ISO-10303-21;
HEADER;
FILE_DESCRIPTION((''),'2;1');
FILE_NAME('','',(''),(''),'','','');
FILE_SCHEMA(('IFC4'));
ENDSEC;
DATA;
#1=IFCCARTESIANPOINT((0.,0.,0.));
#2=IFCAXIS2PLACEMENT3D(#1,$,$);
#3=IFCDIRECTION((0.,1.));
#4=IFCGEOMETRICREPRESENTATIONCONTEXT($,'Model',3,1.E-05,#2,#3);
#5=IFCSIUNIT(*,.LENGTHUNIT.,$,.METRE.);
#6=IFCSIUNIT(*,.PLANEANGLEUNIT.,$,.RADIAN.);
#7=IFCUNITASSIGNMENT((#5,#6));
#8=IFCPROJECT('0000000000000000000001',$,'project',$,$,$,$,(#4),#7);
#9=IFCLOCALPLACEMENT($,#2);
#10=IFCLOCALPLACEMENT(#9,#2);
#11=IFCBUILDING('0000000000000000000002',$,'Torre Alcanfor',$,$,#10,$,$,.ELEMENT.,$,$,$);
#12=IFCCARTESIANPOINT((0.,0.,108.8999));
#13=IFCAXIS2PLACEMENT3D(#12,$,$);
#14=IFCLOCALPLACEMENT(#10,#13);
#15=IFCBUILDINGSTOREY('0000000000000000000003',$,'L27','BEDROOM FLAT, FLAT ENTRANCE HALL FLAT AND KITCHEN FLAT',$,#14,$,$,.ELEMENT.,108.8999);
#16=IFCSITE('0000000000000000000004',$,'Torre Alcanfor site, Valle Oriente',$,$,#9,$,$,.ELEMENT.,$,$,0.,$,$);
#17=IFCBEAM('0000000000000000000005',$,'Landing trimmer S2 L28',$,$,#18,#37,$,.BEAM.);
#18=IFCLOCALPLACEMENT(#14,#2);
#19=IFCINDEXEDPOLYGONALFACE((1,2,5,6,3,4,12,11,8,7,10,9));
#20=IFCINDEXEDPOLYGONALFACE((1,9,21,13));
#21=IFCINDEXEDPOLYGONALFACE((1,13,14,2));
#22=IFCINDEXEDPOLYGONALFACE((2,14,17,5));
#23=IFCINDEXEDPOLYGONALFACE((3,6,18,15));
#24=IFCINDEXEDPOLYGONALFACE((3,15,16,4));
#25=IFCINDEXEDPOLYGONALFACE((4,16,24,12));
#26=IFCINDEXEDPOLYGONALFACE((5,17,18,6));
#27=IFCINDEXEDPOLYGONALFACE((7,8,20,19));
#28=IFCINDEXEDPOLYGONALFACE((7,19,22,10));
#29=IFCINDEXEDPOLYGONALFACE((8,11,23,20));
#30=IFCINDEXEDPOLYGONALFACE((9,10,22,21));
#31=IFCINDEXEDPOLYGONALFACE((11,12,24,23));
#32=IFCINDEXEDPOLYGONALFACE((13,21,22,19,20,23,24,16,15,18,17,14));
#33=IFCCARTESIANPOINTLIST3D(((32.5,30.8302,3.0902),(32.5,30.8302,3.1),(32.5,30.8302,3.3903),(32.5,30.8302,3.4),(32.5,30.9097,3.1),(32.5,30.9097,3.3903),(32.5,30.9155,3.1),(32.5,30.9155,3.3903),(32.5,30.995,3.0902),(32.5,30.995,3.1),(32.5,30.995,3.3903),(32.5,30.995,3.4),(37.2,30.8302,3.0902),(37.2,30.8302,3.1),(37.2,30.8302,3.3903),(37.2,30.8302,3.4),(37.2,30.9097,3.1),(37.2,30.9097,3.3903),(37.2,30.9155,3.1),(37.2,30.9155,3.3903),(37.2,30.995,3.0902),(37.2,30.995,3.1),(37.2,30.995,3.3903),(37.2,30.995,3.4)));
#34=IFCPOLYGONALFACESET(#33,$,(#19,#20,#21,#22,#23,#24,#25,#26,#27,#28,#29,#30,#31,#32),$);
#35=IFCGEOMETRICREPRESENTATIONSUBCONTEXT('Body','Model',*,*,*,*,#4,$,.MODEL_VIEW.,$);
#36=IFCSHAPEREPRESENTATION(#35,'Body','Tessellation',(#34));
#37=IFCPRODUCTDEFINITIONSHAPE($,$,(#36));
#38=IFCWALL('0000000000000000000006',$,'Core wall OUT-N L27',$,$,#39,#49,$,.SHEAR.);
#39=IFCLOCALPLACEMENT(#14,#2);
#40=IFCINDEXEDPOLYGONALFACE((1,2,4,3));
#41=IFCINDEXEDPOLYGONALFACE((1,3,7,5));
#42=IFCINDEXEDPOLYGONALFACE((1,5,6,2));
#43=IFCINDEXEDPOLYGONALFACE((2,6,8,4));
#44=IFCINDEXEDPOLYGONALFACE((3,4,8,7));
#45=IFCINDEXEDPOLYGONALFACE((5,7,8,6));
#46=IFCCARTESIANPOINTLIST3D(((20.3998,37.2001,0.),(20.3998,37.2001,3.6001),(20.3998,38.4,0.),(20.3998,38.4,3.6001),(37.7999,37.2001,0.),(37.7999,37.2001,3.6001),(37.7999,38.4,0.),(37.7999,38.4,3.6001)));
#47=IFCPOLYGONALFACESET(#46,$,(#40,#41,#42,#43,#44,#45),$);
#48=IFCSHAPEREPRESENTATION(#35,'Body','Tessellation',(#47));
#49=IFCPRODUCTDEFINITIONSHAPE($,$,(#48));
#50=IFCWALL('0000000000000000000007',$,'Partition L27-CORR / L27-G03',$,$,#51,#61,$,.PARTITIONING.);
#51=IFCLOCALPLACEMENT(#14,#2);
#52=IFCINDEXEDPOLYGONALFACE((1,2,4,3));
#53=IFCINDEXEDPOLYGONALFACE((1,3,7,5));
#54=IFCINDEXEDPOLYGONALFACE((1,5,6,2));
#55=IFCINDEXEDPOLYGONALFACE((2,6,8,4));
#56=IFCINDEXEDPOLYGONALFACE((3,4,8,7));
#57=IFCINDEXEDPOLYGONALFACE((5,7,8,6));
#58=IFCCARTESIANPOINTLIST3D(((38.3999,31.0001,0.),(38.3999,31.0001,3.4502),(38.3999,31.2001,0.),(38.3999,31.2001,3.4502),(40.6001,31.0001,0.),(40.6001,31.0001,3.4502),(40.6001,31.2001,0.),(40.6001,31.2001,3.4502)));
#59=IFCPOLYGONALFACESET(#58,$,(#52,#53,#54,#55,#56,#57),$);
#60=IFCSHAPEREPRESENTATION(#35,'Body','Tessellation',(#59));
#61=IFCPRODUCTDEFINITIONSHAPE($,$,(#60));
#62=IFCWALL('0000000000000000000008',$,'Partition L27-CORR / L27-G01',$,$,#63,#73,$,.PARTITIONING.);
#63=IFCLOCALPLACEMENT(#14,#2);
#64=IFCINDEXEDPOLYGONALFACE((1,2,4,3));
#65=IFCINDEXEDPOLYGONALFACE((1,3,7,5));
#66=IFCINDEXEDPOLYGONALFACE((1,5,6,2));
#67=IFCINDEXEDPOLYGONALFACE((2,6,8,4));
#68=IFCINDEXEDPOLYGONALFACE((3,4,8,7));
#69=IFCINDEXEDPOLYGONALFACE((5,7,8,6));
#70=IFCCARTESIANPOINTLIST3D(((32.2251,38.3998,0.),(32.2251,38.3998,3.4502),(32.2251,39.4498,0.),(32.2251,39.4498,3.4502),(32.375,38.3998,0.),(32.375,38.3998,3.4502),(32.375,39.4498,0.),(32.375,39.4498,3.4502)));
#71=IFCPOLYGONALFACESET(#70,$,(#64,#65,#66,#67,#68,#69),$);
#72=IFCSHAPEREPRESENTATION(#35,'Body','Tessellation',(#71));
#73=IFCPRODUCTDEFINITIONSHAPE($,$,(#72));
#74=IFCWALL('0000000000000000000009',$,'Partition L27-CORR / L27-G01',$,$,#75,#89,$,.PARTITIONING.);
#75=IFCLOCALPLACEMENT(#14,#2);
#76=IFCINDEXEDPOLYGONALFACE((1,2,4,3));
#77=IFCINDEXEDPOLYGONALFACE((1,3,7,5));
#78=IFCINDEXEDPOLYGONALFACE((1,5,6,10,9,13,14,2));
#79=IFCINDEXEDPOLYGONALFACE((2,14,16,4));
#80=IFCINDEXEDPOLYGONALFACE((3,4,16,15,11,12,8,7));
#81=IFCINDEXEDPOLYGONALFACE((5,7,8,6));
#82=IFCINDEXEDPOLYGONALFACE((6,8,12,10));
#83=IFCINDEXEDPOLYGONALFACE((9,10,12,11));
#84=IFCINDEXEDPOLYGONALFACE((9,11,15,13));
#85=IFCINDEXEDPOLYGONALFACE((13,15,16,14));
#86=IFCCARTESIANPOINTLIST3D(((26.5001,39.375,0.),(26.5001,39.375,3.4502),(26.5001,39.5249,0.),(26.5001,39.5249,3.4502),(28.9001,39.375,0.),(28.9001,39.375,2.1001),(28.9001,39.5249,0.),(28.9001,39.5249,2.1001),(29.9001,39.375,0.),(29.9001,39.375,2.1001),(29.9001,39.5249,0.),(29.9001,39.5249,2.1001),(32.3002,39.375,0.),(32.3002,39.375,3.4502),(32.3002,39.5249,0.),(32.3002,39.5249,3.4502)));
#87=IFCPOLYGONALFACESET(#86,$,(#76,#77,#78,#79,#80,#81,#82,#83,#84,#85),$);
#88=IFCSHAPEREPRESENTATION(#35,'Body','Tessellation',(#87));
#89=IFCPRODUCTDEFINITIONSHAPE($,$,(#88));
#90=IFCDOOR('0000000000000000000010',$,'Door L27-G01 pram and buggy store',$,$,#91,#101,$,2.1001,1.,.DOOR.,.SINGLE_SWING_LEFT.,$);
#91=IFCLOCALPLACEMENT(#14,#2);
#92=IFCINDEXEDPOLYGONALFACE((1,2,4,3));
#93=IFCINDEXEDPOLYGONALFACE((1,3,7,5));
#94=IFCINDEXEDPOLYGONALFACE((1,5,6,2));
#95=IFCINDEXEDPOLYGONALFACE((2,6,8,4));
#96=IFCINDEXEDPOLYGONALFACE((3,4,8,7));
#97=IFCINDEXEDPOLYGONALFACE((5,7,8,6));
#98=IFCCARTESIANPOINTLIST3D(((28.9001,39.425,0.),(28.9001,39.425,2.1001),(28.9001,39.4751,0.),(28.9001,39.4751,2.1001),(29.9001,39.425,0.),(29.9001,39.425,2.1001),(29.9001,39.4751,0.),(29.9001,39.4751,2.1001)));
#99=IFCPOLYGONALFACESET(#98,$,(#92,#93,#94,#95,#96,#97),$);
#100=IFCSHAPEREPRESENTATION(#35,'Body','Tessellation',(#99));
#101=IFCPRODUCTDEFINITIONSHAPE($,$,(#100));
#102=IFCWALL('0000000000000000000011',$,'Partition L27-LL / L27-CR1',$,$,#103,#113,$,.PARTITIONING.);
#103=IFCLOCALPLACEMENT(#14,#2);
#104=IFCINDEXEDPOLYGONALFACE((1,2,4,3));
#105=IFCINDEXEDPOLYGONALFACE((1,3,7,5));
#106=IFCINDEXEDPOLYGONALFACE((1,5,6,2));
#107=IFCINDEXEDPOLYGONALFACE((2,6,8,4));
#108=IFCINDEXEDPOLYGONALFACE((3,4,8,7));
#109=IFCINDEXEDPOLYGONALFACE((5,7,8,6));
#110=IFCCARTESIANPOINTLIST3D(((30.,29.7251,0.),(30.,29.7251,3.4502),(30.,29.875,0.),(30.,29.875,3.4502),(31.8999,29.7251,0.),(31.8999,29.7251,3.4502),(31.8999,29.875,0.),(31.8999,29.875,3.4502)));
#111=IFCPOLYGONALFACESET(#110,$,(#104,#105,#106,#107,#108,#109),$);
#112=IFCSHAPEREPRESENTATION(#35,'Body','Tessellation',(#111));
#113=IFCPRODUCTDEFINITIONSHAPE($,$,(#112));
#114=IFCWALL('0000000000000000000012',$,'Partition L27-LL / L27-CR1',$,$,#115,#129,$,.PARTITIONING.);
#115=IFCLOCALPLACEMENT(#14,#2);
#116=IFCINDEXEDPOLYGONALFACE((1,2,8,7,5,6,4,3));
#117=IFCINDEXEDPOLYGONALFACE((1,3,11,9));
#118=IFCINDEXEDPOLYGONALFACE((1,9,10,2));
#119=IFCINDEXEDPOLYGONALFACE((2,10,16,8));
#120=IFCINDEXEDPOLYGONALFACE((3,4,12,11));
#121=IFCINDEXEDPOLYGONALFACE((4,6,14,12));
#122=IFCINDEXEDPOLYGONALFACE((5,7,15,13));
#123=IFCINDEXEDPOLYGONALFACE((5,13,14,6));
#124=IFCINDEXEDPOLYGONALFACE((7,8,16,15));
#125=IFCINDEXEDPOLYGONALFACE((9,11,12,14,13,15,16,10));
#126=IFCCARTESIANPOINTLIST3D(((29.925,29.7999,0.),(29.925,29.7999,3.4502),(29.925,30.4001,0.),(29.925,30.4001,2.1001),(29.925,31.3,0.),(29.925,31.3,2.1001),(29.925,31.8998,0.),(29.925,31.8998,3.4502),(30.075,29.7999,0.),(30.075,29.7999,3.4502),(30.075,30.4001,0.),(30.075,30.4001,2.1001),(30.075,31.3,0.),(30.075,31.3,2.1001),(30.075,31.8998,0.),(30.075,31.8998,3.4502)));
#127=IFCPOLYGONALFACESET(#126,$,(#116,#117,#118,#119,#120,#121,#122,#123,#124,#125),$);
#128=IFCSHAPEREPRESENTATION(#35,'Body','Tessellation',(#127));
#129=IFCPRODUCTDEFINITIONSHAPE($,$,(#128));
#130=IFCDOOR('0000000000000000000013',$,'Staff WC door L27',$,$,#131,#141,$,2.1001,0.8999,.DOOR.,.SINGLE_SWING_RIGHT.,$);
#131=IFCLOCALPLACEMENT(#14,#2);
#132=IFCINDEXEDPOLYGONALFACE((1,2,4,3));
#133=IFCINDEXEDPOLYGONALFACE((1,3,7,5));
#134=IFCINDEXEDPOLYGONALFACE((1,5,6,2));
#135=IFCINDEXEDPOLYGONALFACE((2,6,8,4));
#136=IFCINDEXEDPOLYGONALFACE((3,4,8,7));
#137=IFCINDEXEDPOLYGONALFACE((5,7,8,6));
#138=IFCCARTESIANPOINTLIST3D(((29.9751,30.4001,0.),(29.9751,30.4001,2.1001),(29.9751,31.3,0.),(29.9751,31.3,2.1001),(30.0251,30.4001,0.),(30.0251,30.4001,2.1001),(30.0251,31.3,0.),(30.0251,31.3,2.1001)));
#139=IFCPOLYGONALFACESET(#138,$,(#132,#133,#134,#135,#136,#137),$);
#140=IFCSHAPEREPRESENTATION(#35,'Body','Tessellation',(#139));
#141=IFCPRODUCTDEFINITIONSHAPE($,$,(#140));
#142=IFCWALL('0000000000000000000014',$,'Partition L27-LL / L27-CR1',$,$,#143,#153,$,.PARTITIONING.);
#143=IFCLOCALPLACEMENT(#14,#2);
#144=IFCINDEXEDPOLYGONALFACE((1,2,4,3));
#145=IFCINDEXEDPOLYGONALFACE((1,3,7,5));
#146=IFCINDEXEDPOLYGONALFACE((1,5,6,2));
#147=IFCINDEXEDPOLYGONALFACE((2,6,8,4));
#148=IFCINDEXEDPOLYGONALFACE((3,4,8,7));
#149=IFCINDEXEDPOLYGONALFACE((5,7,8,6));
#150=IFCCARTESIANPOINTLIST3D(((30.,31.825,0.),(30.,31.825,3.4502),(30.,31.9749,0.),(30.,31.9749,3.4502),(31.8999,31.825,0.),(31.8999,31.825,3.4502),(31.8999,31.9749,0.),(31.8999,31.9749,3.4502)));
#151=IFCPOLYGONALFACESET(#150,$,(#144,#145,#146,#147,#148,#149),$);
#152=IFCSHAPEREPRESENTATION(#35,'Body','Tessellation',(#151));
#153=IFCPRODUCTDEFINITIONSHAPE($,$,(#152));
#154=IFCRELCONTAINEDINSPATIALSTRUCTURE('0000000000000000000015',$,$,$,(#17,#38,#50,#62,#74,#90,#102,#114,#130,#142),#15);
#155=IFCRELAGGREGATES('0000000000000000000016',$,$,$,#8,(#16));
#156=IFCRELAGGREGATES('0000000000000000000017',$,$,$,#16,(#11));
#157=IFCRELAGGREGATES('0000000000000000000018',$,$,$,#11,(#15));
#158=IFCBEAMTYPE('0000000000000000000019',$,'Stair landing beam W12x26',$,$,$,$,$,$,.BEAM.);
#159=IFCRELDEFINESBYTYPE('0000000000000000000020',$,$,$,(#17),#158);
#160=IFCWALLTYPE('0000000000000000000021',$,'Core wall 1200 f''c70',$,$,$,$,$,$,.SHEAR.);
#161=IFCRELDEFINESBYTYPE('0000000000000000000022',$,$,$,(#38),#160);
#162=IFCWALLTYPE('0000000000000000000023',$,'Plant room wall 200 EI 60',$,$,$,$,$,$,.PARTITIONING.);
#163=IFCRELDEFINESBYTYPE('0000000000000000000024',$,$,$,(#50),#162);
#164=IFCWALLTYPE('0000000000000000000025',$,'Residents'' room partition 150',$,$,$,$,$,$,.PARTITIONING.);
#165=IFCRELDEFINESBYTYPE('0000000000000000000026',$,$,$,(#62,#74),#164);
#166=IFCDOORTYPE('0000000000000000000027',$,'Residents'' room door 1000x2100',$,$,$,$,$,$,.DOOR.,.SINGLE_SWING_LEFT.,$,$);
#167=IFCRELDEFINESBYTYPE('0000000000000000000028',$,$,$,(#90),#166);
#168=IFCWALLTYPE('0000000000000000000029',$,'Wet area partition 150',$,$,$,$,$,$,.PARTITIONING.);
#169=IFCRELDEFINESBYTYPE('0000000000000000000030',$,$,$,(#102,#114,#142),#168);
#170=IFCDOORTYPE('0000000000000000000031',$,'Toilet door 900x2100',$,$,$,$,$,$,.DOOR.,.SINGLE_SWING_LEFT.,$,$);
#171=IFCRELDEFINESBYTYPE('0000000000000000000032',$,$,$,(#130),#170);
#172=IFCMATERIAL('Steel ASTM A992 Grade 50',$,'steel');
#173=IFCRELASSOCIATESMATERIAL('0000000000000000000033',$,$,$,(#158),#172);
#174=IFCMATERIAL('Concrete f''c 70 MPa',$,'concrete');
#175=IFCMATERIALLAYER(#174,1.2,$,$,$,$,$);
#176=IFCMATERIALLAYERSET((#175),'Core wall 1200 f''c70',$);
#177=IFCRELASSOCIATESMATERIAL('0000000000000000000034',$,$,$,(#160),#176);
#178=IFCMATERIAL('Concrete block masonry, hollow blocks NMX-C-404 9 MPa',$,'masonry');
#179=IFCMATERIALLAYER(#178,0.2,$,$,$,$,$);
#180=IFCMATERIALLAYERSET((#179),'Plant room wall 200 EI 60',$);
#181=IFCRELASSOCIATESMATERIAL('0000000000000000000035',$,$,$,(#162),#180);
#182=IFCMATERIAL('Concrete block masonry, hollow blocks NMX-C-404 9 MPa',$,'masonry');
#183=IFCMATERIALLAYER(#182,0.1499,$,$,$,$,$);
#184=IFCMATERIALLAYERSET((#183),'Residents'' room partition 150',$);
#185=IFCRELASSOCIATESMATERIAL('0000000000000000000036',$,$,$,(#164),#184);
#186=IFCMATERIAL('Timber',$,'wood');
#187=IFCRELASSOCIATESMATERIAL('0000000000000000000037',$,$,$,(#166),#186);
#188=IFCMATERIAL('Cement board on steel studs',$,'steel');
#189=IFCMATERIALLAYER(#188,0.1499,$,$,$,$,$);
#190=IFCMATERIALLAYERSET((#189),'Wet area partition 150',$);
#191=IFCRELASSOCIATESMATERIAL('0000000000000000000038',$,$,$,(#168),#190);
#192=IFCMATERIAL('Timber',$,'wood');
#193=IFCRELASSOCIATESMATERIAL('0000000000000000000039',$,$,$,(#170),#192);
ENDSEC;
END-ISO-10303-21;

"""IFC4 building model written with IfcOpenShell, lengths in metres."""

from ifc_helpers import new_model, si_unit, direction, frame, frame_2d, origin, origin_2d, place, context, subcontext, project, spatial, rectangle, i_section, extrude, material, layer, layer_set, material_profile, profile_set, type_object, element, fill, save


model = new_model("IFC4")

# Units and contexts
model_context = context("Model", 3, precision=1e-05, world=origin(), true_north=direction((0.0, 1.0)))
body_context = subcontext(model_context, "Body", "Model", "MODEL_VIEW")
ifc_project = project(units=[si_unit("LENGTHUNIT", "METRE"), si_unit("PLANEANGLEUNIT", "RADIAN")], contexts=[model_context])

# Site, building, storey
site_placement = place(None, origin())
site = spatial("IfcSite", under=ifc_project, at=site_placement, Name="Torre Alcanfor site, Valle Oriente", CompositionType="ELEMENT", RefElevation=0.0)
building_placement = place(site_placement, origin())
building = spatial("IfcBuilding", under=site, at=building_placement, Name="Torre Alcanfor", CompositionType="ELEMENT")
storey_placement = place(building_placement, frame((0.0, 0.0, 108.8999)))
storey = spatial("IfcBuildingStorey", under=building, at=storey_placement, Name="L27", Description="BEDROOM FLAT, FLAT ENTRANCE HALL FLAT AND KITCHEN FLAT", CompositionType="ELEMENT", Elevation=108.8999)

# Beam
ifc_material_1 = material(Name="Steel ASTM A992 Grade 50", Category="steel")
ifc_material_profile_1 = material_profile(ifc_material_1, i_section(OverallWidth=0.1648, OverallDepth=0.3098, WebThickness=0.0059, FlangeThickness=0.0098, at=origin_2d()), Name="W12x26")
ifc_profile_set_1 = profile_set([ifc_material_profile_1], Name="Steel ASTM A992 Grade 50")
beam_type_1 = type_object("IfcBeamType", Name="Stair landing beam W12x26", PredefinedType="BEAM", material=ifc_profile_set_1)
beam_1_placement = place(storey_placement, frame((32.5, 30.9126, 3.2451), z_axis=(1.0, 0.0, 0.0), x_axis=(0.0, 1.0, 0.0)))
element("IfcBeam", 1, at=beam_1_placement, inside=storey, type_object=beam_type_1, Name="Landing trimmer S2 L28", PredefinedType="BEAM", context=body_context, shape_type="SweptSolid", body=[
    extrude(i_section(OverallWidth=0.1648, OverallDepth=0.3098, WebThickness=0.0059, FlangeThickness=0.0098, at=origin_2d()), origin(), (0.0, 0.0, 1.0), 4.7),
])

# Walls
ifc_material_2 = material(Name="Concrete f'c 70 MPa", Category="concrete")
ifc_layer_1 = layer(ifc_material_2, 1.2)
ifc_layer_set_1 = layer_set([ifc_layer_1], Name="Core wall 1200 f'c70")
wall_type_1 = type_object("IfcWallType", Name="Core wall 1200 f'c70", PredefinedType="SHEAR", material=ifc_layer_set_1)
wall_1_placement = place(storey_placement, frame((37.8, 37.8, 0.0), z_axis=(0.0, 0.0, 1.0), x_axis=(-1.0, 0.0, 0.0)))
element("IfcWall", 2, at=wall_1_placement, inside=storey, type_object=wall_type_1, Name="Core wall OUT-N L27", PredefinedType="SHEAR", context=body_context, shape_type="SweptSolid", body=[
    extrude(rectangle(XDim=17.4001, YDim=1.2, at=frame_2d((8.7002, 0.0))), origin(), (0.0, 0.0, 1.0), 3.6001),
])
ifc_material_3 = material(Name="Concrete block masonry, hollow blocks NMX-C-404 9 MPa", Category="masonry")
ifc_layer_2 = layer(ifc_material_3, 0.2)
ifc_layer_set_2 = layer_set([ifc_layer_2], Name="Plant room wall 200 EI 60")
wall_type_2 = type_object("IfcWallType", Name="Plant room wall 200 EI 60", PredefinedType="PARTITIONING", material=ifc_layer_set_2)
wall_2_placement = place(storey_placement, frame((40.6001, 31.1001, 0.0), z_axis=(0.0, 0.0, 1.0), x_axis=(-1.0, 0.0, 0.0)))
element("IfcWall", 3, at=wall_2_placement, inside=storey, type_object=wall_type_2, Name="Partition L27-CORR / L27-G03", PredefinedType="PARTITIONING", context=body_context, shape_type="SweptSolid", body=[
    extrude(rectangle(XDim=2.2002, YDim=0.2, at=frame_2d((1.1001, 0.0))), origin(), (0.0, 0.0, 1.0), 3.4502),
])
ifc_material_4 = material(Name="Concrete block masonry, hollow blocks NMX-C-404 9 MPa", Category="masonry")
ifc_layer_3 = layer(ifc_material_4, 0.1499)
ifc_layer_set_3 = layer_set([ifc_layer_3], Name="Residents' room partition 150")
wall_type_3 = type_object("IfcWallType", Name="Residents' room partition 150", PredefinedType="PARTITIONING", material=ifc_layer_set_3)
wall_3_placement = place(storey_placement, frame((32.3, 38.3999, 0.0), z_axis=(0.0, 0.0, 1.0), x_axis=(0.0, 1.0, 0.0)))
element("IfcWall", 4, at=wall_3_placement, inside=storey, type_object=wall_type_3, Name="Partition L27-CORR / L27-G01", PredefinedType="PARTITIONING", context=body_context, shape_type="SweptSolid", body=[
    extrude(rectangle(XDim=1.05, YDim=0.1499, at=frame_2d((0.5249, 0.0))), origin(), (0.0, 0.0, 1.0), 3.4502),
])

# Wall, opening, door
wall_4_placement = place(storey_placement, frame((32.3, 39.45, 0.0), z_axis=(0.0, 0.0, 1.0), x_axis=(-1.0, 0.0, 0.0)))
wall_4 = element("IfcWall", 5, at=wall_4_placement, inside=storey, type_object=wall_type_3, Name="Partition L27-CORR / L27-G01", PredefinedType="PARTITIONING", context=body_context, shape_type="SweptSolid", body=[
    extrude(rectangle(XDim=5.8, YDim=0.1499, at=frame_2d((2.8999, 0.0))), origin(), (0.0, 0.0, 1.0), 3.4502),
])
opening_1_placement = place(wall_4_placement, frame((2.3999, 0.0, 0.0)))
opening_1 = element("IfcOpeningElement", 6, at=opening_1_placement, cuts=wall_4, PredefinedType="OPENING", context=body_context, shape_type="SweptSolid", body=[
    extrude(rectangle(XDim=1.0, YDim=2.1001, at=frame_2d((0.5, 1.05))), frame((0.0, 0.085, 0.0), z_axis=(0.0, -1.0, 0.0), x_axis=(1.0, 0.0, 0.0)), (0.0, 0.0, 1.0), 0.1699),
])
ifc_material_5 = material(Name="Timber", Category="wood")
door_type_1 = type_object("IfcDoorType", Name="Residents' room door 1000x2100", OperationType="SINGLE_SWING_LEFT", PredefinedType="DOOR", material=ifc_material_5)
door_1_placement = place(opening_1_placement, origin())
door_1 = element("IfcDoor", 7, at=door_1_placement, inside=storey, type_object=door_type_1, Name="Door L27-G01 pram and buggy store", OperationType="SINGLE_SWING_LEFT", OverallHeight=2.1001, OverallWidth=1.0, PredefinedType="DOOR", context=body_context, shape_type="SweptSolid", body=[
    extrude(rectangle(XDim=1.0, YDim=2.1001, at=frame_2d((0.5, 1.05))), frame((0.0, 0.0249, 0.0), z_axis=(0.0, -1.0, 0.0), x_axis=(1.0, 0.0, 0.0)), (0.0, 0.0, 1.0), 0.05),
])
fill(opening_1, door_1)

# Wall
ifc_material_6 = material(Name="Cement board on steel studs", Category="steel")
ifc_layer_4 = layer(ifc_material_6, 0.1499)
ifc_layer_set_4 = layer_set([ifc_layer_4], Name="Wet area partition 150")
wall_type_4 = type_object("IfcWallType", Name="Wet area partition 150", PredefinedType="PARTITIONING", material=ifc_layer_set_4)
wall_5_placement = place(storey_placement, frame((31.8999, 29.8, 0.0), z_axis=(0.0, 0.0, 1.0), x_axis=(-1.0, 0.0, 0.0)))
element("IfcWall", 8, at=wall_5_placement, inside=storey, type_object=wall_type_4, Name="Partition L27-LL / L27-CR1", PredefinedType="PARTITIONING", context=body_context, shape_type="SweptSolid", body=[
    extrude(rectangle(XDim=1.8999, YDim=0.1499, at=frame_2d((0.95, 0.0))), origin(), (0.0, 0.0, 1.0), 3.4502),
])

# Wall, opening, door
wall_6_placement = place(storey_placement, frame((30.0, 29.8, 0.0), z_axis=(0.0, 0.0, 1.0), x_axis=(0.0, 1.0, 0.0)))
wall_6 = element("IfcWall", 9, at=wall_6_placement, inside=storey, type_object=wall_type_4, Name="Partition L27-LL / L27-CR1", PredefinedType="PARTITIONING", context=body_context, shape_type="SweptSolid", body=[
    extrude(rectangle(XDim=2.0999, YDim=0.1499, at=frame_2d((1.0498, 0.0))), origin(), (0.0, 0.0, 1.0), 3.4502),
])
opening_2_placement = place(wall_6_placement, frame((0.6001, 0.0, 0.0)))
opening_2 = element("IfcOpeningElement", 10, at=opening_2_placement, cuts=wall_6, PredefinedType="OPENING", context=body_context, shape_type="SweptSolid", body=[
    extrude(rectangle(XDim=0.8999, YDim=2.1001, at=frame_2d((0.45, 1.05))), frame((0.0, 0.085, 0.0), z_axis=(0.0, -1.0, 0.0), x_axis=(1.0, 0.0, 0.0)), (0.0, 0.0, 1.0), 0.1699),
])
ifc_material_7 = material(Name="Timber", Category="wood")
door_type_2 = type_object("IfcDoorType", Name="Toilet door 900x2100", OperationType="SINGLE_SWING_LEFT", PredefinedType="DOOR", material=ifc_material_7)
door_2_placement = place(opening_2_placement, frame((0.8999, 0.0, 0.0), z_axis=(0.0, 0.0, 1.0), x_axis=(-1.0, 0.0, 0.0)))
door_2 = element("IfcDoor", 11, at=door_2_placement, inside=storey, type_object=door_type_2, Name="Staff WC door L27", OperationType="SINGLE_SWING_RIGHT", OverallHeight=2.1001, OverallWidth=0.8999, PredefinedType="DOOR", context=body_context, shape_type="SweptSolid", body=[
    extrude(rectangle(XDim=0.8999, YDim=2.1001, at=frame_2d((0.45, 1.05))), frame((0.0, 0.0251, 0.0), z_axis=(0.0, -1.0, 0.0), x_axis=(1.0, 0.0, 0.0)), (0.0, 0.0, 1.0), 0.05),
])
fill(opening_2, door_2)

# Wall
wall_7_placement = place(storey_placement, frame((30.0, 31.8999, 0.0), z_axis=(0.0, 0.0, 1.0), x_axis=(1.0, 0.0, 0.0)))
element("IfcWall", 12, at=wall_7_placement, inside=storey, type_object=wall_type_4, Name="Partition L27-LL / L27-CR1", PredefinedType="PARTITIONING", context=body_context, shape_type="SweptSolid", body=[
    extrude(rectangle(XDim=1.8999, YDim=0.1499, at=frame_2d((0.95, 0.0))), origin(), (0.0, 0.0, 1.0), 3.4502),
])

save(model, "model.ifc")
